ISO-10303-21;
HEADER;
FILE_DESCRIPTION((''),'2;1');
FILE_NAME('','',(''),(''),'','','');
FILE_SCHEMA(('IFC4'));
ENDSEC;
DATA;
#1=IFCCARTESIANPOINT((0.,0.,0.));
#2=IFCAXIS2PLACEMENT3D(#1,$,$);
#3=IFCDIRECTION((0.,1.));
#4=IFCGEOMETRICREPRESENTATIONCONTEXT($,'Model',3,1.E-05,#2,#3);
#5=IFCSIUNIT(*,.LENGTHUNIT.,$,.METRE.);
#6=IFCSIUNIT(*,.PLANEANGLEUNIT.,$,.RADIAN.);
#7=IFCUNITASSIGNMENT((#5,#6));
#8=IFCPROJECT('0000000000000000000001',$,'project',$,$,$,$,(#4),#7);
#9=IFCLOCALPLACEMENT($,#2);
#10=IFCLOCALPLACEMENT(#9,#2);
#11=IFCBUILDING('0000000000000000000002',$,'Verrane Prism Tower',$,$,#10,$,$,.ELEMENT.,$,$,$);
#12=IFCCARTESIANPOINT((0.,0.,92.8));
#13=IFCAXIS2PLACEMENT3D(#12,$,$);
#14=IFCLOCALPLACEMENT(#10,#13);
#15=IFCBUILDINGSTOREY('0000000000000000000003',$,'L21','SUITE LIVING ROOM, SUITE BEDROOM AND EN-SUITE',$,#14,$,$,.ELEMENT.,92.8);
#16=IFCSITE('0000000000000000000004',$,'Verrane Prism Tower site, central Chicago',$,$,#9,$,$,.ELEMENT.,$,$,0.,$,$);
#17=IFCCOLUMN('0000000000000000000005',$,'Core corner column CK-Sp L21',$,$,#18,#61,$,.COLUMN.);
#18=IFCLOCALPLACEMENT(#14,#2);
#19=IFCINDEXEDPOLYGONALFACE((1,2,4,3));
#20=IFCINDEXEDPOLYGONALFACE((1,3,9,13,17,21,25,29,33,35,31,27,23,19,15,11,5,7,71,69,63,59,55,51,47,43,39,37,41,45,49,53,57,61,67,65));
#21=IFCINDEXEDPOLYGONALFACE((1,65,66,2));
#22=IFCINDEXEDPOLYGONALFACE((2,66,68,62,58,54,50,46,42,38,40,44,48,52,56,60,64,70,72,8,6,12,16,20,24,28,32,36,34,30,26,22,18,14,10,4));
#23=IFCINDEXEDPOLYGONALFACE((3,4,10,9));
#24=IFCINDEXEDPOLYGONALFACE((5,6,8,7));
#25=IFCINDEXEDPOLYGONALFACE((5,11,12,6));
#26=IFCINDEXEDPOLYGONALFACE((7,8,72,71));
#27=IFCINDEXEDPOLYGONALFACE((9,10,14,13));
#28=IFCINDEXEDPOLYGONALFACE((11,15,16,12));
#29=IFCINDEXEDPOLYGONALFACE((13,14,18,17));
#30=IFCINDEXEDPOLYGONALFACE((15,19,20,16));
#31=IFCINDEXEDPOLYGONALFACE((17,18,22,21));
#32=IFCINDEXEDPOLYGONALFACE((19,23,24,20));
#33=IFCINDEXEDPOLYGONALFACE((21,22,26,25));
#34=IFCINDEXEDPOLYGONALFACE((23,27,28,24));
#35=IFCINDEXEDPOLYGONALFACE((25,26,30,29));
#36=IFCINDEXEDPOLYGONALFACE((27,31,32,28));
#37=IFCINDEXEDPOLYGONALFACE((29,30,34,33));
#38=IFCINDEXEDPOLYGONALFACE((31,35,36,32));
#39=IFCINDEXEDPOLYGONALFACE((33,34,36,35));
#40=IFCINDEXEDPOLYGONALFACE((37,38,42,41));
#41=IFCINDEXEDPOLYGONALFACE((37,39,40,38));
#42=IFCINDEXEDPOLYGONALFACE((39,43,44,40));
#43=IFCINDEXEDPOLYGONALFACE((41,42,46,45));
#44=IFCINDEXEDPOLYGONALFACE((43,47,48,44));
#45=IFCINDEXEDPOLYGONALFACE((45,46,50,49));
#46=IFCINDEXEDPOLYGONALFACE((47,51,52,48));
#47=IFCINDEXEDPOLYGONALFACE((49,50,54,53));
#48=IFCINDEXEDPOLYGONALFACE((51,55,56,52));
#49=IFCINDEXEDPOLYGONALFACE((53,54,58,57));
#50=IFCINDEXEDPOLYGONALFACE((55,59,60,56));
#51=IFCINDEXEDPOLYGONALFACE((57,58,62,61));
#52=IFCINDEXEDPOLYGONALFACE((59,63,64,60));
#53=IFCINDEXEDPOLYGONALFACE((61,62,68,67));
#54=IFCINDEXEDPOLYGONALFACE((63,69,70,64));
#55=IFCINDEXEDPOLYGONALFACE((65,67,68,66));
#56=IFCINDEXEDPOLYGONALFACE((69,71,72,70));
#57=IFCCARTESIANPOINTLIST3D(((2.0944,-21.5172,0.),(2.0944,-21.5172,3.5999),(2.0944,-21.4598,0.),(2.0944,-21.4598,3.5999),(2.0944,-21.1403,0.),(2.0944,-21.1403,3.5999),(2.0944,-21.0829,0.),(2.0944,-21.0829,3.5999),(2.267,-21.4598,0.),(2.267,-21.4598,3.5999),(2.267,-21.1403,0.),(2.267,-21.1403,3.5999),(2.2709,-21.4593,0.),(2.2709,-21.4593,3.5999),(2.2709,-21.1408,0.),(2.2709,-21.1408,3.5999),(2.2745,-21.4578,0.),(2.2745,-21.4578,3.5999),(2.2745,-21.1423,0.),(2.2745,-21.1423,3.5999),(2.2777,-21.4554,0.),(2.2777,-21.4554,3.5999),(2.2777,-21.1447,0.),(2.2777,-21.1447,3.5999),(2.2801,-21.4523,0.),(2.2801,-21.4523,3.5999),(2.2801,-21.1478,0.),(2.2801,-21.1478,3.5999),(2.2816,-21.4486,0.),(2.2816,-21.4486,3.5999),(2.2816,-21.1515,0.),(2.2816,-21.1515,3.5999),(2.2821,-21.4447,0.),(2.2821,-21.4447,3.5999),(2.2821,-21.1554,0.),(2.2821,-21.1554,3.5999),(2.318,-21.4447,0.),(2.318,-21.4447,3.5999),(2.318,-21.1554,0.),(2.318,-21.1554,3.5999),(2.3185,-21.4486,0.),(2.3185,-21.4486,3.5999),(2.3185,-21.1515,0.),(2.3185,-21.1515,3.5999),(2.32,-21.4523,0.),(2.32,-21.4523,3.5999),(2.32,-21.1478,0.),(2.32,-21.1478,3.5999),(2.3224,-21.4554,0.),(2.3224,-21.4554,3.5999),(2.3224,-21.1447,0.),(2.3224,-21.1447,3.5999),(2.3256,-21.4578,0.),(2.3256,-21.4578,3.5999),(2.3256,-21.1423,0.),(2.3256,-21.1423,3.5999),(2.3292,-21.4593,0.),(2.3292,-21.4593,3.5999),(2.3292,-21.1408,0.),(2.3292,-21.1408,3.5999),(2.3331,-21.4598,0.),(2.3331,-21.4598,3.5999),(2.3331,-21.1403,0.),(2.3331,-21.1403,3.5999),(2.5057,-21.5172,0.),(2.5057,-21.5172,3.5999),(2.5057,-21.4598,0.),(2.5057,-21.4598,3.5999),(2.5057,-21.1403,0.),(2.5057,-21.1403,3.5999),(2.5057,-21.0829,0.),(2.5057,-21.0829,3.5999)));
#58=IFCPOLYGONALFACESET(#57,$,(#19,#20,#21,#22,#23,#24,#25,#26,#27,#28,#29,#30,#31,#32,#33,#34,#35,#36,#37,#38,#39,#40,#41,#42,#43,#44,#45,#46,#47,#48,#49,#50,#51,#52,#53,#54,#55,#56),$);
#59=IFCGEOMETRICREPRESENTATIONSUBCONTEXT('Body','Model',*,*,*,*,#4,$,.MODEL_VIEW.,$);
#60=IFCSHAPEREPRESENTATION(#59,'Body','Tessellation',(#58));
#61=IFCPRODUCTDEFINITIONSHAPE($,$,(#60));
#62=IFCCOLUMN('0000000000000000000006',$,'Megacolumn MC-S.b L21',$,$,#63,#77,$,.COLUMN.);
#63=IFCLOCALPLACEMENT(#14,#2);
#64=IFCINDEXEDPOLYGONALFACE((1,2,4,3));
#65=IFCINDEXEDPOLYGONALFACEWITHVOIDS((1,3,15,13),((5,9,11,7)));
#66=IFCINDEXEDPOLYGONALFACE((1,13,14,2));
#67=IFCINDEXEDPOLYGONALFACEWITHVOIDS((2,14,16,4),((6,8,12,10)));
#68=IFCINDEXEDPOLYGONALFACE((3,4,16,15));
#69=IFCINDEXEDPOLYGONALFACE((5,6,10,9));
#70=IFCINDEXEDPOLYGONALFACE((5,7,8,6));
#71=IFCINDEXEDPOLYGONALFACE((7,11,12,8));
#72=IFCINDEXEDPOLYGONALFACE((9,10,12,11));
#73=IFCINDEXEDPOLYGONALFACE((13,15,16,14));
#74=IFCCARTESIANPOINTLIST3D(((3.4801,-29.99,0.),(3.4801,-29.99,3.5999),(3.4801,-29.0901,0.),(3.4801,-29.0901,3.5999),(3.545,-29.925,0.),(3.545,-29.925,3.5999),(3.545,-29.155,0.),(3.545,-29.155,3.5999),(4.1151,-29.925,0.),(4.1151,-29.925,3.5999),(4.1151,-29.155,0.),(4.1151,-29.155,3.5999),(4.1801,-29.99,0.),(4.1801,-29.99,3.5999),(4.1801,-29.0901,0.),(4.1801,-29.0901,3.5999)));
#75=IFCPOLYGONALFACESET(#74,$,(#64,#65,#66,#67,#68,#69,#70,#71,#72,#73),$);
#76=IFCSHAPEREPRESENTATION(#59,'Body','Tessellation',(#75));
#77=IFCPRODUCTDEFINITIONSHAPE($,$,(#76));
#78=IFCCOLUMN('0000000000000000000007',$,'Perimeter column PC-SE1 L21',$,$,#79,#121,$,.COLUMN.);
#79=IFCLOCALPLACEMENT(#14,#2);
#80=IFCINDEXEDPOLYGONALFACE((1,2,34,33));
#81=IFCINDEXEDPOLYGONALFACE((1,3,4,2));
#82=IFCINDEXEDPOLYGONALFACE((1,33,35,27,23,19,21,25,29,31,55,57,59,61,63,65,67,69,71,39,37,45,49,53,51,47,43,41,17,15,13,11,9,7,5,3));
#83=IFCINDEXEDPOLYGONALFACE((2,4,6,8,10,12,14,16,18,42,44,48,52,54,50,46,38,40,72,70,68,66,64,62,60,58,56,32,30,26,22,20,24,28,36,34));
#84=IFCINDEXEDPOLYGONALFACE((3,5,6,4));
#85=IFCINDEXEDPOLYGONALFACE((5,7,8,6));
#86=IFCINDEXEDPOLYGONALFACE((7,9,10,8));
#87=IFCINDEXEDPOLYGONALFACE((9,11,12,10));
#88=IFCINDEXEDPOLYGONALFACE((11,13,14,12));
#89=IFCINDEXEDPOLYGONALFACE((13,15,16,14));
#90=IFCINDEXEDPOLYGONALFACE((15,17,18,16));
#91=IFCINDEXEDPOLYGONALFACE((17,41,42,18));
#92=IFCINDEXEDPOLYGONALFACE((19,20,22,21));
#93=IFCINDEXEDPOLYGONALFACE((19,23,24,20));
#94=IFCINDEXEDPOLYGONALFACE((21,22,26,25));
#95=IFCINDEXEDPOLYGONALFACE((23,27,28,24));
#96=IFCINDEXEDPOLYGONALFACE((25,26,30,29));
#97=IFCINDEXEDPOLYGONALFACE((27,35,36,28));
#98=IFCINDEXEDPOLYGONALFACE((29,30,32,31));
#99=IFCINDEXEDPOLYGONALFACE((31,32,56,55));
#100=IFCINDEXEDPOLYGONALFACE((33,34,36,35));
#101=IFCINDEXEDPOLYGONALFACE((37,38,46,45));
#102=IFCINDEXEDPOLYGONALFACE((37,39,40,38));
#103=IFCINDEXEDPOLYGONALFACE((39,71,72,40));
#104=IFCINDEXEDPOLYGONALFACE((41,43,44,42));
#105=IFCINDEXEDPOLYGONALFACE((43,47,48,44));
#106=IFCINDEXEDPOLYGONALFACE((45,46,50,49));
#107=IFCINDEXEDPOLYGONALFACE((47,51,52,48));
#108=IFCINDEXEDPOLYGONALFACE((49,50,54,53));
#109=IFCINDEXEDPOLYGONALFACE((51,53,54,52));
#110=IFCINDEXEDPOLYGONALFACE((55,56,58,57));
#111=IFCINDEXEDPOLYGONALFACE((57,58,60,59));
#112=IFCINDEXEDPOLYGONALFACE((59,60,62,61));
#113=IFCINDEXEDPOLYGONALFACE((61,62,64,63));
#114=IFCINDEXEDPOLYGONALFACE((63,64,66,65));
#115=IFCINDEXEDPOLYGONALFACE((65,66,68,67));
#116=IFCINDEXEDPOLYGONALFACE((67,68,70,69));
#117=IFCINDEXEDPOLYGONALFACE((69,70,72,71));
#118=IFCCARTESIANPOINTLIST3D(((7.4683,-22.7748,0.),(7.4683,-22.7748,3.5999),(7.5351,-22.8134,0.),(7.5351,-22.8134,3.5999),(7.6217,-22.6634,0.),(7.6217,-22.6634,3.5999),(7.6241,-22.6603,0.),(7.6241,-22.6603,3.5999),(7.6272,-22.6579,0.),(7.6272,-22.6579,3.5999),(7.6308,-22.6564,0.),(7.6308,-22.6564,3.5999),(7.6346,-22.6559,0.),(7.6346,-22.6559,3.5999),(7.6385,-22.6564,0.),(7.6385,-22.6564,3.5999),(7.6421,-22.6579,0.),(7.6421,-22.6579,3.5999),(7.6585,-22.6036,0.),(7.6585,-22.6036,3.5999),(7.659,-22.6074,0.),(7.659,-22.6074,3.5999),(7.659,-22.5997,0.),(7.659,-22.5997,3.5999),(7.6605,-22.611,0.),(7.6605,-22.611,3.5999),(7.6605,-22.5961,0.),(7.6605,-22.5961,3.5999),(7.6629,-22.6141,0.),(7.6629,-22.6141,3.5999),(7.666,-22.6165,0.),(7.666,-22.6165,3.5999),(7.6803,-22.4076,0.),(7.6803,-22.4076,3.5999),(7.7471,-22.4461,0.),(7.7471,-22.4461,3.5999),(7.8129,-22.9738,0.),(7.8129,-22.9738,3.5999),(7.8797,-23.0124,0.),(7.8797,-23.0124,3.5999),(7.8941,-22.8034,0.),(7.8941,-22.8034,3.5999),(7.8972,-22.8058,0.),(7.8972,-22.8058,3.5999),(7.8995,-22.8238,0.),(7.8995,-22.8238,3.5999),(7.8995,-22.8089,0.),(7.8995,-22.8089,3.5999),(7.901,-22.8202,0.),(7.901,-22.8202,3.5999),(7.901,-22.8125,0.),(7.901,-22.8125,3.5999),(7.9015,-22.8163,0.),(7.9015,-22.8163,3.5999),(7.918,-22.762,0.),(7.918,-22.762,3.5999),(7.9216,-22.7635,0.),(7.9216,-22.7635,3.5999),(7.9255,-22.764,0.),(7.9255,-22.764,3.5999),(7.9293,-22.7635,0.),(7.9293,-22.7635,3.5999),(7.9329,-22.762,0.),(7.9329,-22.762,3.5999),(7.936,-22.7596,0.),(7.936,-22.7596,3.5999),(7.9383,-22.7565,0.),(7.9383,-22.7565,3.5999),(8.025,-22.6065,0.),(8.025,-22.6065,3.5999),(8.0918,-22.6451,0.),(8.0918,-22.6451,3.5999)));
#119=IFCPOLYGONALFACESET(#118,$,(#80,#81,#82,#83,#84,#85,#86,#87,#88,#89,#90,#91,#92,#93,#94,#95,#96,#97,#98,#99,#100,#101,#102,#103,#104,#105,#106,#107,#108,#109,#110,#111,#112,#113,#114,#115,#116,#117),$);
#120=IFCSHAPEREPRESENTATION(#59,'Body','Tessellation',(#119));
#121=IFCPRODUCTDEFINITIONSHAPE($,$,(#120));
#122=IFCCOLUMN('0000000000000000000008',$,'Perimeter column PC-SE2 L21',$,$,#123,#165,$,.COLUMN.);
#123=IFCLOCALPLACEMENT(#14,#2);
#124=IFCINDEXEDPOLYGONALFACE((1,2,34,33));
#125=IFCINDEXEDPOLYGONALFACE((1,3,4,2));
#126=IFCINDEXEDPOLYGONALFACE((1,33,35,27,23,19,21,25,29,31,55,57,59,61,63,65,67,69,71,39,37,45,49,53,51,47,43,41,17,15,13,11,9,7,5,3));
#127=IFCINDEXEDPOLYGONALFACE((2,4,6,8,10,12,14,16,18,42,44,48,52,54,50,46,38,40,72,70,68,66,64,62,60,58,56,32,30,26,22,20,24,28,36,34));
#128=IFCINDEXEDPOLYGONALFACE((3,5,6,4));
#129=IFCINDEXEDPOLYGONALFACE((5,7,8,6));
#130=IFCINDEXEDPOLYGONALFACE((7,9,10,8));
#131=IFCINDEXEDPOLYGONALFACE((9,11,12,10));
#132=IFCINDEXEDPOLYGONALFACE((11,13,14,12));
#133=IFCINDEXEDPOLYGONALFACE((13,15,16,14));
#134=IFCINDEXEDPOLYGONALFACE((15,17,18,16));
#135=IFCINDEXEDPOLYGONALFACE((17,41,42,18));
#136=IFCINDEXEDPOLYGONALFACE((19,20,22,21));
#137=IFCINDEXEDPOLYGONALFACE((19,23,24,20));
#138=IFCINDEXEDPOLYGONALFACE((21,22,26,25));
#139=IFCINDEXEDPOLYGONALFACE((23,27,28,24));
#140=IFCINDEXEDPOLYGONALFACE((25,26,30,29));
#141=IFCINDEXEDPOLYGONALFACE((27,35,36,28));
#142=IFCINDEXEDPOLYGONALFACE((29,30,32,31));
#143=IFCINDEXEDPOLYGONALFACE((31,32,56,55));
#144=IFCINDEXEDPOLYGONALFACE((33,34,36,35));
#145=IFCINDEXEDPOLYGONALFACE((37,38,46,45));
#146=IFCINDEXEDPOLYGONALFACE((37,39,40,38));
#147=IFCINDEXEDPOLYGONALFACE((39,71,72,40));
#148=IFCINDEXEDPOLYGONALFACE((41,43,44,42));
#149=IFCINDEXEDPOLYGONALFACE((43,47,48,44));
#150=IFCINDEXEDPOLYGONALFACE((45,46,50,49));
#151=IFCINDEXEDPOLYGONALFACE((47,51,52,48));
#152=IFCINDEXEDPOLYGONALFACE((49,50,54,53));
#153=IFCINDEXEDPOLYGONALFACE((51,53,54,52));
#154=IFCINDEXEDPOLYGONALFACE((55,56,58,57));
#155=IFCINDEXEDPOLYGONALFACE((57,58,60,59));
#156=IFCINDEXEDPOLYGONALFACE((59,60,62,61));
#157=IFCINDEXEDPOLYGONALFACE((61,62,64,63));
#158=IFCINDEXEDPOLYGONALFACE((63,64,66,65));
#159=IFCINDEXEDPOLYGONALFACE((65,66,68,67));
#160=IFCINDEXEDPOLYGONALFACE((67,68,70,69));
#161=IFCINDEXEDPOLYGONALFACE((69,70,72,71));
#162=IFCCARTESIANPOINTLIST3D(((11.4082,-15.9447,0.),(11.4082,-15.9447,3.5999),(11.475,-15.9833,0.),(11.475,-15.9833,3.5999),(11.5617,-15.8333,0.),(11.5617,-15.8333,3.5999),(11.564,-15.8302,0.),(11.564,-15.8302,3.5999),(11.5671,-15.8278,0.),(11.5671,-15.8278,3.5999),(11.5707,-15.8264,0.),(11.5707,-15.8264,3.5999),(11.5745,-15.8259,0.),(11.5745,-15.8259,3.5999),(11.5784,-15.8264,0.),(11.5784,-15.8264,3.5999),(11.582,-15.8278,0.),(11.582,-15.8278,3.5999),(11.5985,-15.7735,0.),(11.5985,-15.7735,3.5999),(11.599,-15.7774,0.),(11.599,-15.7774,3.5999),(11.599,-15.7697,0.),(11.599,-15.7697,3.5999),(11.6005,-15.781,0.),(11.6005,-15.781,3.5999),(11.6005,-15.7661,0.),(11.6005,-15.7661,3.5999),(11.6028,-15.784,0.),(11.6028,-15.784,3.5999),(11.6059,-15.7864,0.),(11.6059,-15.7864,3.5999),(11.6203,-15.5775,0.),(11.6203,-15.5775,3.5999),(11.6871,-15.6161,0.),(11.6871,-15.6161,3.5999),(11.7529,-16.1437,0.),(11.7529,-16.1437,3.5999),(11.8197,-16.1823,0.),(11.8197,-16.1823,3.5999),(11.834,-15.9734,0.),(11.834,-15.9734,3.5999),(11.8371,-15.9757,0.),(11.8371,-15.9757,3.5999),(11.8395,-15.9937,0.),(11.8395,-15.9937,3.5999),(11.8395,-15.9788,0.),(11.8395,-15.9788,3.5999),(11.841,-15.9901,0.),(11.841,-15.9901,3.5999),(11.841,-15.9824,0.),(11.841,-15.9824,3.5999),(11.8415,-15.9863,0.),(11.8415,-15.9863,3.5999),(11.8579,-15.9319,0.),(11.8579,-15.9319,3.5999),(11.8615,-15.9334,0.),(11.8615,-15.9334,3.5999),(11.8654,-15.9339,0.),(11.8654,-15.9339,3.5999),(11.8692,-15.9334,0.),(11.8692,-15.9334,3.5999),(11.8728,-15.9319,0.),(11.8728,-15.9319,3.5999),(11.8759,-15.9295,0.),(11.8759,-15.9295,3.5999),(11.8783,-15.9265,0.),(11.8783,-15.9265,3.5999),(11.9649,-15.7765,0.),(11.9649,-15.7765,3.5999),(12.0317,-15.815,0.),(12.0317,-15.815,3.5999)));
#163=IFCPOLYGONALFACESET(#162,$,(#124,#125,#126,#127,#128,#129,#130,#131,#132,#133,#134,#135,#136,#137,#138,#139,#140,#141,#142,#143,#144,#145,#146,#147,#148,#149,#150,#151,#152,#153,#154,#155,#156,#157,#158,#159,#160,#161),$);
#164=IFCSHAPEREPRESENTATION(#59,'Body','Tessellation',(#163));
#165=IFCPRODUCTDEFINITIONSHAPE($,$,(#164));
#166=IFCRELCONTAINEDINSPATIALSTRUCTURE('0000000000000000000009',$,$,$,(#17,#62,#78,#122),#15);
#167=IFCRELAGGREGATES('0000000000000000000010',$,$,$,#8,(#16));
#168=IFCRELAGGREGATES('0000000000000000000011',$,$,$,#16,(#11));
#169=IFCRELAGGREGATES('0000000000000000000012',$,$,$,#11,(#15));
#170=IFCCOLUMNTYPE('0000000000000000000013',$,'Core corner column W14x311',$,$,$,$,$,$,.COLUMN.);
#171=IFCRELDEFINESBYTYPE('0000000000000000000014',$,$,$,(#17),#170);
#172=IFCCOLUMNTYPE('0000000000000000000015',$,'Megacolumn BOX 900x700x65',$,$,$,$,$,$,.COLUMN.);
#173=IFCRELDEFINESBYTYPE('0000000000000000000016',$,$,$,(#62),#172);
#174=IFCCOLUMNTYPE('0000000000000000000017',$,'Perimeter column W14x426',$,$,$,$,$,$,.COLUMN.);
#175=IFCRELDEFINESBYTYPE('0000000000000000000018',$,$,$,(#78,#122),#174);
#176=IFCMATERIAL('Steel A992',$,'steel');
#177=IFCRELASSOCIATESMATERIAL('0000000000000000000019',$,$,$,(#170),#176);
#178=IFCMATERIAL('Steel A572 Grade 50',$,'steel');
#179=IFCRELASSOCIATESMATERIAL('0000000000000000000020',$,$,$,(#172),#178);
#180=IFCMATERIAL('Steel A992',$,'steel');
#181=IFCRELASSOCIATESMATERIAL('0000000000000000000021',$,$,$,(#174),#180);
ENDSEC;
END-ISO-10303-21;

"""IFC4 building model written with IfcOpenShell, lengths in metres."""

from ifc_helpers import new_model, si_unit, direction, frame, origin, origin_2d, place, context, subcontext, project, spatial, hollow_rectangle, i_section, extrude, material, material_profile, profile_set, type_object, element, save


model = new_model("IFC4")

# Units and contexts
model_context = context("Model", 3, precision=1e-05, world=origin(), true_north=direction((0.0, 1.0)))
body_context = subcontext(model_context, "Body", "Model", "MODEL_VIEW")
ifc_project = project(units=[si_unit("LENGTHUNIT", "METRE"), si_unit("PLANEANGLEUNIT", "RADIAN")], contexts=[model_context])

# Site, building, storey
site_placement = place(None, origin())
site = spatial("IfcSite", under=ifc_project, at=site_placement, Name="Verrane Prism Tower site, central Chicago", CompositionType="ELEMENT", RefElevation=0.0)
building_placement = place(site_placement, origin())
building = spatial("IfcBuilding", under=site, at=building_placement, Name="Verrane Prism Tower", CompositionType="ELEMENT")
storey_placement = place(building_placement, frame((0.0, 0.0, 92.8)))
storey = spatial("IfcBuildingStorey", under=building, at=storey_placement, Name="L21", Description="SUITE LIVING ROOM, SUITE BEDROOM AND EN-SUITE", CompositionType="ELEMENT", Elevation=92.8)

# Columns
ifc_material_1 = material(Name="Steel A992", Category="steel")
ifc_material_profile_1 = material_profile(ifc_material_1, i_section(OverallWidth=0.4114, OverallDepth=0.4343, WebThickness=0.0359, FlangeThickness=0.0574, FilletRadius=0.0151, at=origin_2d()), Name="W14x311")
ifc_profile_set_1 = profile_set([ifc_material_profile_1], Name="Steel A992")
column_type_1 = type_object("IfcColumnType", Name="Core corner column W14x311", PredefinedType="COLUMN", material=ifc_profile_set_1)
column_1_placement = place(storey_placement, frame((2.3, -21.3, 0.0), z_axis=(0.0, 0.0, 1.0), x_axis=(-1.0, 0.0, 0.0)))
element("IfcColumn", 1, at=column_1_placement, inside=storey, type_object=column_type_1, Name="Core corner column CK-Sp L21", PredefinedType="COLUMN", context=body_context, shape_type="SweptSolid", body=[
    extrude(i_section(OverallWidth=0.4114, OverallDepth=0.4343, WebThickness=0.0359, FlangeThickness=0.0574, FilletRadius=0.0151, at=origin_2d()), origin(), (0.0, 0.0, 1.0), 3.5999),
])
ifc_material_2 = material(Name="Steel A572 Grade 50", Category="steel")
ifc_material_profile_2 = material_profile(ifc_material_2, hollow_rectangle(XDim=0.7, YDim=0.8999, WallThickness=0.0649, at=origin_2d()), Name="BOX 900x700x65")
ifc_profile_set_2 = profile_set([ifc_material_profile_2], Name="Steel A572 Grade 50")
column_type_2 = type_object("IfcColumnType", Name="Megacolumn BOX 900x700x65", PredefinedType="COLUMN", material=ifc_profile_set_2)
column_2_placement = place(storey_placement, frame((3.8301, -29.54, 0.0), z_axis=(0.0, 0.0, 1.0), x_axis=(-1.0, 0.0, 0.0)))
element("IfcColumn", 2, at=column_2_placement, inside=storey, type_object=column_type_2, Name="Megacolumn MC-S.b L21", PredefinedType="COLUMN", context=body_context, shape_type="SweptSolid", body=[
    extrude(hollow_rectangle(XDim=0.7, YDim=0.8999, WallThickness=0.0649, at=origin_2d()), origin(), (0.0, 0.0, 1.0), 3.5999),
])
ifc_material_3 = material(Name="Steel A992", Category="steel")
ifc_material_profile_3 = material_profile(ifc_material_3, i_section(OverallWidth=0.4241, OverallDepth=0.4751, WebThickness=0.0479, FlangeThickness=0.0771, FilletRadius=0.0149, at=origin_2d()), Name="W14x426")
ifc_profile_set_3 = profile_set([ifc_material_profile_3], Name="Steel A992")
column_type_3 = type_object("IfcColumnType", Name="Perimeter column W14x426", PredefinedType="COLUMN", material=ifc_profile_set_3)
for number, where, z_axis, x_axis, name in (
    (3, (7.78, -22.71, 0.0), (0.0, 0.0, 1.0), (-0.5, -0.866025, 0.0), "Perimeter column PC-SE1 L21"),
    (4, (11.72, -15.8799, 0.0), (0.0, 0.0, 1.0), (-0.5, -0.866025, 0.0), "Perimeter column PC-SE2 L21"),
):
    element("IfcColumn", number, at=place(storey_placement, frame(where, z_axis=z_axis, x_axis=x_axis)), inside=storey, type_object=column_type_3, Name=name, PredefinedType="COLUMN", context=body_context, shape_type="SweptSolid", body=[
        extrude(i_section(OverallWidth=0.4241, OverallDepth=0.4751, WebThickness=0.0479, FlangeThickness=0.0771, FilletRadius=0.0149, at=origin_2d()), origin(), (0.0, 0.0, 1.0), 3.5999),
    ])

save(model, "model.ifc")
